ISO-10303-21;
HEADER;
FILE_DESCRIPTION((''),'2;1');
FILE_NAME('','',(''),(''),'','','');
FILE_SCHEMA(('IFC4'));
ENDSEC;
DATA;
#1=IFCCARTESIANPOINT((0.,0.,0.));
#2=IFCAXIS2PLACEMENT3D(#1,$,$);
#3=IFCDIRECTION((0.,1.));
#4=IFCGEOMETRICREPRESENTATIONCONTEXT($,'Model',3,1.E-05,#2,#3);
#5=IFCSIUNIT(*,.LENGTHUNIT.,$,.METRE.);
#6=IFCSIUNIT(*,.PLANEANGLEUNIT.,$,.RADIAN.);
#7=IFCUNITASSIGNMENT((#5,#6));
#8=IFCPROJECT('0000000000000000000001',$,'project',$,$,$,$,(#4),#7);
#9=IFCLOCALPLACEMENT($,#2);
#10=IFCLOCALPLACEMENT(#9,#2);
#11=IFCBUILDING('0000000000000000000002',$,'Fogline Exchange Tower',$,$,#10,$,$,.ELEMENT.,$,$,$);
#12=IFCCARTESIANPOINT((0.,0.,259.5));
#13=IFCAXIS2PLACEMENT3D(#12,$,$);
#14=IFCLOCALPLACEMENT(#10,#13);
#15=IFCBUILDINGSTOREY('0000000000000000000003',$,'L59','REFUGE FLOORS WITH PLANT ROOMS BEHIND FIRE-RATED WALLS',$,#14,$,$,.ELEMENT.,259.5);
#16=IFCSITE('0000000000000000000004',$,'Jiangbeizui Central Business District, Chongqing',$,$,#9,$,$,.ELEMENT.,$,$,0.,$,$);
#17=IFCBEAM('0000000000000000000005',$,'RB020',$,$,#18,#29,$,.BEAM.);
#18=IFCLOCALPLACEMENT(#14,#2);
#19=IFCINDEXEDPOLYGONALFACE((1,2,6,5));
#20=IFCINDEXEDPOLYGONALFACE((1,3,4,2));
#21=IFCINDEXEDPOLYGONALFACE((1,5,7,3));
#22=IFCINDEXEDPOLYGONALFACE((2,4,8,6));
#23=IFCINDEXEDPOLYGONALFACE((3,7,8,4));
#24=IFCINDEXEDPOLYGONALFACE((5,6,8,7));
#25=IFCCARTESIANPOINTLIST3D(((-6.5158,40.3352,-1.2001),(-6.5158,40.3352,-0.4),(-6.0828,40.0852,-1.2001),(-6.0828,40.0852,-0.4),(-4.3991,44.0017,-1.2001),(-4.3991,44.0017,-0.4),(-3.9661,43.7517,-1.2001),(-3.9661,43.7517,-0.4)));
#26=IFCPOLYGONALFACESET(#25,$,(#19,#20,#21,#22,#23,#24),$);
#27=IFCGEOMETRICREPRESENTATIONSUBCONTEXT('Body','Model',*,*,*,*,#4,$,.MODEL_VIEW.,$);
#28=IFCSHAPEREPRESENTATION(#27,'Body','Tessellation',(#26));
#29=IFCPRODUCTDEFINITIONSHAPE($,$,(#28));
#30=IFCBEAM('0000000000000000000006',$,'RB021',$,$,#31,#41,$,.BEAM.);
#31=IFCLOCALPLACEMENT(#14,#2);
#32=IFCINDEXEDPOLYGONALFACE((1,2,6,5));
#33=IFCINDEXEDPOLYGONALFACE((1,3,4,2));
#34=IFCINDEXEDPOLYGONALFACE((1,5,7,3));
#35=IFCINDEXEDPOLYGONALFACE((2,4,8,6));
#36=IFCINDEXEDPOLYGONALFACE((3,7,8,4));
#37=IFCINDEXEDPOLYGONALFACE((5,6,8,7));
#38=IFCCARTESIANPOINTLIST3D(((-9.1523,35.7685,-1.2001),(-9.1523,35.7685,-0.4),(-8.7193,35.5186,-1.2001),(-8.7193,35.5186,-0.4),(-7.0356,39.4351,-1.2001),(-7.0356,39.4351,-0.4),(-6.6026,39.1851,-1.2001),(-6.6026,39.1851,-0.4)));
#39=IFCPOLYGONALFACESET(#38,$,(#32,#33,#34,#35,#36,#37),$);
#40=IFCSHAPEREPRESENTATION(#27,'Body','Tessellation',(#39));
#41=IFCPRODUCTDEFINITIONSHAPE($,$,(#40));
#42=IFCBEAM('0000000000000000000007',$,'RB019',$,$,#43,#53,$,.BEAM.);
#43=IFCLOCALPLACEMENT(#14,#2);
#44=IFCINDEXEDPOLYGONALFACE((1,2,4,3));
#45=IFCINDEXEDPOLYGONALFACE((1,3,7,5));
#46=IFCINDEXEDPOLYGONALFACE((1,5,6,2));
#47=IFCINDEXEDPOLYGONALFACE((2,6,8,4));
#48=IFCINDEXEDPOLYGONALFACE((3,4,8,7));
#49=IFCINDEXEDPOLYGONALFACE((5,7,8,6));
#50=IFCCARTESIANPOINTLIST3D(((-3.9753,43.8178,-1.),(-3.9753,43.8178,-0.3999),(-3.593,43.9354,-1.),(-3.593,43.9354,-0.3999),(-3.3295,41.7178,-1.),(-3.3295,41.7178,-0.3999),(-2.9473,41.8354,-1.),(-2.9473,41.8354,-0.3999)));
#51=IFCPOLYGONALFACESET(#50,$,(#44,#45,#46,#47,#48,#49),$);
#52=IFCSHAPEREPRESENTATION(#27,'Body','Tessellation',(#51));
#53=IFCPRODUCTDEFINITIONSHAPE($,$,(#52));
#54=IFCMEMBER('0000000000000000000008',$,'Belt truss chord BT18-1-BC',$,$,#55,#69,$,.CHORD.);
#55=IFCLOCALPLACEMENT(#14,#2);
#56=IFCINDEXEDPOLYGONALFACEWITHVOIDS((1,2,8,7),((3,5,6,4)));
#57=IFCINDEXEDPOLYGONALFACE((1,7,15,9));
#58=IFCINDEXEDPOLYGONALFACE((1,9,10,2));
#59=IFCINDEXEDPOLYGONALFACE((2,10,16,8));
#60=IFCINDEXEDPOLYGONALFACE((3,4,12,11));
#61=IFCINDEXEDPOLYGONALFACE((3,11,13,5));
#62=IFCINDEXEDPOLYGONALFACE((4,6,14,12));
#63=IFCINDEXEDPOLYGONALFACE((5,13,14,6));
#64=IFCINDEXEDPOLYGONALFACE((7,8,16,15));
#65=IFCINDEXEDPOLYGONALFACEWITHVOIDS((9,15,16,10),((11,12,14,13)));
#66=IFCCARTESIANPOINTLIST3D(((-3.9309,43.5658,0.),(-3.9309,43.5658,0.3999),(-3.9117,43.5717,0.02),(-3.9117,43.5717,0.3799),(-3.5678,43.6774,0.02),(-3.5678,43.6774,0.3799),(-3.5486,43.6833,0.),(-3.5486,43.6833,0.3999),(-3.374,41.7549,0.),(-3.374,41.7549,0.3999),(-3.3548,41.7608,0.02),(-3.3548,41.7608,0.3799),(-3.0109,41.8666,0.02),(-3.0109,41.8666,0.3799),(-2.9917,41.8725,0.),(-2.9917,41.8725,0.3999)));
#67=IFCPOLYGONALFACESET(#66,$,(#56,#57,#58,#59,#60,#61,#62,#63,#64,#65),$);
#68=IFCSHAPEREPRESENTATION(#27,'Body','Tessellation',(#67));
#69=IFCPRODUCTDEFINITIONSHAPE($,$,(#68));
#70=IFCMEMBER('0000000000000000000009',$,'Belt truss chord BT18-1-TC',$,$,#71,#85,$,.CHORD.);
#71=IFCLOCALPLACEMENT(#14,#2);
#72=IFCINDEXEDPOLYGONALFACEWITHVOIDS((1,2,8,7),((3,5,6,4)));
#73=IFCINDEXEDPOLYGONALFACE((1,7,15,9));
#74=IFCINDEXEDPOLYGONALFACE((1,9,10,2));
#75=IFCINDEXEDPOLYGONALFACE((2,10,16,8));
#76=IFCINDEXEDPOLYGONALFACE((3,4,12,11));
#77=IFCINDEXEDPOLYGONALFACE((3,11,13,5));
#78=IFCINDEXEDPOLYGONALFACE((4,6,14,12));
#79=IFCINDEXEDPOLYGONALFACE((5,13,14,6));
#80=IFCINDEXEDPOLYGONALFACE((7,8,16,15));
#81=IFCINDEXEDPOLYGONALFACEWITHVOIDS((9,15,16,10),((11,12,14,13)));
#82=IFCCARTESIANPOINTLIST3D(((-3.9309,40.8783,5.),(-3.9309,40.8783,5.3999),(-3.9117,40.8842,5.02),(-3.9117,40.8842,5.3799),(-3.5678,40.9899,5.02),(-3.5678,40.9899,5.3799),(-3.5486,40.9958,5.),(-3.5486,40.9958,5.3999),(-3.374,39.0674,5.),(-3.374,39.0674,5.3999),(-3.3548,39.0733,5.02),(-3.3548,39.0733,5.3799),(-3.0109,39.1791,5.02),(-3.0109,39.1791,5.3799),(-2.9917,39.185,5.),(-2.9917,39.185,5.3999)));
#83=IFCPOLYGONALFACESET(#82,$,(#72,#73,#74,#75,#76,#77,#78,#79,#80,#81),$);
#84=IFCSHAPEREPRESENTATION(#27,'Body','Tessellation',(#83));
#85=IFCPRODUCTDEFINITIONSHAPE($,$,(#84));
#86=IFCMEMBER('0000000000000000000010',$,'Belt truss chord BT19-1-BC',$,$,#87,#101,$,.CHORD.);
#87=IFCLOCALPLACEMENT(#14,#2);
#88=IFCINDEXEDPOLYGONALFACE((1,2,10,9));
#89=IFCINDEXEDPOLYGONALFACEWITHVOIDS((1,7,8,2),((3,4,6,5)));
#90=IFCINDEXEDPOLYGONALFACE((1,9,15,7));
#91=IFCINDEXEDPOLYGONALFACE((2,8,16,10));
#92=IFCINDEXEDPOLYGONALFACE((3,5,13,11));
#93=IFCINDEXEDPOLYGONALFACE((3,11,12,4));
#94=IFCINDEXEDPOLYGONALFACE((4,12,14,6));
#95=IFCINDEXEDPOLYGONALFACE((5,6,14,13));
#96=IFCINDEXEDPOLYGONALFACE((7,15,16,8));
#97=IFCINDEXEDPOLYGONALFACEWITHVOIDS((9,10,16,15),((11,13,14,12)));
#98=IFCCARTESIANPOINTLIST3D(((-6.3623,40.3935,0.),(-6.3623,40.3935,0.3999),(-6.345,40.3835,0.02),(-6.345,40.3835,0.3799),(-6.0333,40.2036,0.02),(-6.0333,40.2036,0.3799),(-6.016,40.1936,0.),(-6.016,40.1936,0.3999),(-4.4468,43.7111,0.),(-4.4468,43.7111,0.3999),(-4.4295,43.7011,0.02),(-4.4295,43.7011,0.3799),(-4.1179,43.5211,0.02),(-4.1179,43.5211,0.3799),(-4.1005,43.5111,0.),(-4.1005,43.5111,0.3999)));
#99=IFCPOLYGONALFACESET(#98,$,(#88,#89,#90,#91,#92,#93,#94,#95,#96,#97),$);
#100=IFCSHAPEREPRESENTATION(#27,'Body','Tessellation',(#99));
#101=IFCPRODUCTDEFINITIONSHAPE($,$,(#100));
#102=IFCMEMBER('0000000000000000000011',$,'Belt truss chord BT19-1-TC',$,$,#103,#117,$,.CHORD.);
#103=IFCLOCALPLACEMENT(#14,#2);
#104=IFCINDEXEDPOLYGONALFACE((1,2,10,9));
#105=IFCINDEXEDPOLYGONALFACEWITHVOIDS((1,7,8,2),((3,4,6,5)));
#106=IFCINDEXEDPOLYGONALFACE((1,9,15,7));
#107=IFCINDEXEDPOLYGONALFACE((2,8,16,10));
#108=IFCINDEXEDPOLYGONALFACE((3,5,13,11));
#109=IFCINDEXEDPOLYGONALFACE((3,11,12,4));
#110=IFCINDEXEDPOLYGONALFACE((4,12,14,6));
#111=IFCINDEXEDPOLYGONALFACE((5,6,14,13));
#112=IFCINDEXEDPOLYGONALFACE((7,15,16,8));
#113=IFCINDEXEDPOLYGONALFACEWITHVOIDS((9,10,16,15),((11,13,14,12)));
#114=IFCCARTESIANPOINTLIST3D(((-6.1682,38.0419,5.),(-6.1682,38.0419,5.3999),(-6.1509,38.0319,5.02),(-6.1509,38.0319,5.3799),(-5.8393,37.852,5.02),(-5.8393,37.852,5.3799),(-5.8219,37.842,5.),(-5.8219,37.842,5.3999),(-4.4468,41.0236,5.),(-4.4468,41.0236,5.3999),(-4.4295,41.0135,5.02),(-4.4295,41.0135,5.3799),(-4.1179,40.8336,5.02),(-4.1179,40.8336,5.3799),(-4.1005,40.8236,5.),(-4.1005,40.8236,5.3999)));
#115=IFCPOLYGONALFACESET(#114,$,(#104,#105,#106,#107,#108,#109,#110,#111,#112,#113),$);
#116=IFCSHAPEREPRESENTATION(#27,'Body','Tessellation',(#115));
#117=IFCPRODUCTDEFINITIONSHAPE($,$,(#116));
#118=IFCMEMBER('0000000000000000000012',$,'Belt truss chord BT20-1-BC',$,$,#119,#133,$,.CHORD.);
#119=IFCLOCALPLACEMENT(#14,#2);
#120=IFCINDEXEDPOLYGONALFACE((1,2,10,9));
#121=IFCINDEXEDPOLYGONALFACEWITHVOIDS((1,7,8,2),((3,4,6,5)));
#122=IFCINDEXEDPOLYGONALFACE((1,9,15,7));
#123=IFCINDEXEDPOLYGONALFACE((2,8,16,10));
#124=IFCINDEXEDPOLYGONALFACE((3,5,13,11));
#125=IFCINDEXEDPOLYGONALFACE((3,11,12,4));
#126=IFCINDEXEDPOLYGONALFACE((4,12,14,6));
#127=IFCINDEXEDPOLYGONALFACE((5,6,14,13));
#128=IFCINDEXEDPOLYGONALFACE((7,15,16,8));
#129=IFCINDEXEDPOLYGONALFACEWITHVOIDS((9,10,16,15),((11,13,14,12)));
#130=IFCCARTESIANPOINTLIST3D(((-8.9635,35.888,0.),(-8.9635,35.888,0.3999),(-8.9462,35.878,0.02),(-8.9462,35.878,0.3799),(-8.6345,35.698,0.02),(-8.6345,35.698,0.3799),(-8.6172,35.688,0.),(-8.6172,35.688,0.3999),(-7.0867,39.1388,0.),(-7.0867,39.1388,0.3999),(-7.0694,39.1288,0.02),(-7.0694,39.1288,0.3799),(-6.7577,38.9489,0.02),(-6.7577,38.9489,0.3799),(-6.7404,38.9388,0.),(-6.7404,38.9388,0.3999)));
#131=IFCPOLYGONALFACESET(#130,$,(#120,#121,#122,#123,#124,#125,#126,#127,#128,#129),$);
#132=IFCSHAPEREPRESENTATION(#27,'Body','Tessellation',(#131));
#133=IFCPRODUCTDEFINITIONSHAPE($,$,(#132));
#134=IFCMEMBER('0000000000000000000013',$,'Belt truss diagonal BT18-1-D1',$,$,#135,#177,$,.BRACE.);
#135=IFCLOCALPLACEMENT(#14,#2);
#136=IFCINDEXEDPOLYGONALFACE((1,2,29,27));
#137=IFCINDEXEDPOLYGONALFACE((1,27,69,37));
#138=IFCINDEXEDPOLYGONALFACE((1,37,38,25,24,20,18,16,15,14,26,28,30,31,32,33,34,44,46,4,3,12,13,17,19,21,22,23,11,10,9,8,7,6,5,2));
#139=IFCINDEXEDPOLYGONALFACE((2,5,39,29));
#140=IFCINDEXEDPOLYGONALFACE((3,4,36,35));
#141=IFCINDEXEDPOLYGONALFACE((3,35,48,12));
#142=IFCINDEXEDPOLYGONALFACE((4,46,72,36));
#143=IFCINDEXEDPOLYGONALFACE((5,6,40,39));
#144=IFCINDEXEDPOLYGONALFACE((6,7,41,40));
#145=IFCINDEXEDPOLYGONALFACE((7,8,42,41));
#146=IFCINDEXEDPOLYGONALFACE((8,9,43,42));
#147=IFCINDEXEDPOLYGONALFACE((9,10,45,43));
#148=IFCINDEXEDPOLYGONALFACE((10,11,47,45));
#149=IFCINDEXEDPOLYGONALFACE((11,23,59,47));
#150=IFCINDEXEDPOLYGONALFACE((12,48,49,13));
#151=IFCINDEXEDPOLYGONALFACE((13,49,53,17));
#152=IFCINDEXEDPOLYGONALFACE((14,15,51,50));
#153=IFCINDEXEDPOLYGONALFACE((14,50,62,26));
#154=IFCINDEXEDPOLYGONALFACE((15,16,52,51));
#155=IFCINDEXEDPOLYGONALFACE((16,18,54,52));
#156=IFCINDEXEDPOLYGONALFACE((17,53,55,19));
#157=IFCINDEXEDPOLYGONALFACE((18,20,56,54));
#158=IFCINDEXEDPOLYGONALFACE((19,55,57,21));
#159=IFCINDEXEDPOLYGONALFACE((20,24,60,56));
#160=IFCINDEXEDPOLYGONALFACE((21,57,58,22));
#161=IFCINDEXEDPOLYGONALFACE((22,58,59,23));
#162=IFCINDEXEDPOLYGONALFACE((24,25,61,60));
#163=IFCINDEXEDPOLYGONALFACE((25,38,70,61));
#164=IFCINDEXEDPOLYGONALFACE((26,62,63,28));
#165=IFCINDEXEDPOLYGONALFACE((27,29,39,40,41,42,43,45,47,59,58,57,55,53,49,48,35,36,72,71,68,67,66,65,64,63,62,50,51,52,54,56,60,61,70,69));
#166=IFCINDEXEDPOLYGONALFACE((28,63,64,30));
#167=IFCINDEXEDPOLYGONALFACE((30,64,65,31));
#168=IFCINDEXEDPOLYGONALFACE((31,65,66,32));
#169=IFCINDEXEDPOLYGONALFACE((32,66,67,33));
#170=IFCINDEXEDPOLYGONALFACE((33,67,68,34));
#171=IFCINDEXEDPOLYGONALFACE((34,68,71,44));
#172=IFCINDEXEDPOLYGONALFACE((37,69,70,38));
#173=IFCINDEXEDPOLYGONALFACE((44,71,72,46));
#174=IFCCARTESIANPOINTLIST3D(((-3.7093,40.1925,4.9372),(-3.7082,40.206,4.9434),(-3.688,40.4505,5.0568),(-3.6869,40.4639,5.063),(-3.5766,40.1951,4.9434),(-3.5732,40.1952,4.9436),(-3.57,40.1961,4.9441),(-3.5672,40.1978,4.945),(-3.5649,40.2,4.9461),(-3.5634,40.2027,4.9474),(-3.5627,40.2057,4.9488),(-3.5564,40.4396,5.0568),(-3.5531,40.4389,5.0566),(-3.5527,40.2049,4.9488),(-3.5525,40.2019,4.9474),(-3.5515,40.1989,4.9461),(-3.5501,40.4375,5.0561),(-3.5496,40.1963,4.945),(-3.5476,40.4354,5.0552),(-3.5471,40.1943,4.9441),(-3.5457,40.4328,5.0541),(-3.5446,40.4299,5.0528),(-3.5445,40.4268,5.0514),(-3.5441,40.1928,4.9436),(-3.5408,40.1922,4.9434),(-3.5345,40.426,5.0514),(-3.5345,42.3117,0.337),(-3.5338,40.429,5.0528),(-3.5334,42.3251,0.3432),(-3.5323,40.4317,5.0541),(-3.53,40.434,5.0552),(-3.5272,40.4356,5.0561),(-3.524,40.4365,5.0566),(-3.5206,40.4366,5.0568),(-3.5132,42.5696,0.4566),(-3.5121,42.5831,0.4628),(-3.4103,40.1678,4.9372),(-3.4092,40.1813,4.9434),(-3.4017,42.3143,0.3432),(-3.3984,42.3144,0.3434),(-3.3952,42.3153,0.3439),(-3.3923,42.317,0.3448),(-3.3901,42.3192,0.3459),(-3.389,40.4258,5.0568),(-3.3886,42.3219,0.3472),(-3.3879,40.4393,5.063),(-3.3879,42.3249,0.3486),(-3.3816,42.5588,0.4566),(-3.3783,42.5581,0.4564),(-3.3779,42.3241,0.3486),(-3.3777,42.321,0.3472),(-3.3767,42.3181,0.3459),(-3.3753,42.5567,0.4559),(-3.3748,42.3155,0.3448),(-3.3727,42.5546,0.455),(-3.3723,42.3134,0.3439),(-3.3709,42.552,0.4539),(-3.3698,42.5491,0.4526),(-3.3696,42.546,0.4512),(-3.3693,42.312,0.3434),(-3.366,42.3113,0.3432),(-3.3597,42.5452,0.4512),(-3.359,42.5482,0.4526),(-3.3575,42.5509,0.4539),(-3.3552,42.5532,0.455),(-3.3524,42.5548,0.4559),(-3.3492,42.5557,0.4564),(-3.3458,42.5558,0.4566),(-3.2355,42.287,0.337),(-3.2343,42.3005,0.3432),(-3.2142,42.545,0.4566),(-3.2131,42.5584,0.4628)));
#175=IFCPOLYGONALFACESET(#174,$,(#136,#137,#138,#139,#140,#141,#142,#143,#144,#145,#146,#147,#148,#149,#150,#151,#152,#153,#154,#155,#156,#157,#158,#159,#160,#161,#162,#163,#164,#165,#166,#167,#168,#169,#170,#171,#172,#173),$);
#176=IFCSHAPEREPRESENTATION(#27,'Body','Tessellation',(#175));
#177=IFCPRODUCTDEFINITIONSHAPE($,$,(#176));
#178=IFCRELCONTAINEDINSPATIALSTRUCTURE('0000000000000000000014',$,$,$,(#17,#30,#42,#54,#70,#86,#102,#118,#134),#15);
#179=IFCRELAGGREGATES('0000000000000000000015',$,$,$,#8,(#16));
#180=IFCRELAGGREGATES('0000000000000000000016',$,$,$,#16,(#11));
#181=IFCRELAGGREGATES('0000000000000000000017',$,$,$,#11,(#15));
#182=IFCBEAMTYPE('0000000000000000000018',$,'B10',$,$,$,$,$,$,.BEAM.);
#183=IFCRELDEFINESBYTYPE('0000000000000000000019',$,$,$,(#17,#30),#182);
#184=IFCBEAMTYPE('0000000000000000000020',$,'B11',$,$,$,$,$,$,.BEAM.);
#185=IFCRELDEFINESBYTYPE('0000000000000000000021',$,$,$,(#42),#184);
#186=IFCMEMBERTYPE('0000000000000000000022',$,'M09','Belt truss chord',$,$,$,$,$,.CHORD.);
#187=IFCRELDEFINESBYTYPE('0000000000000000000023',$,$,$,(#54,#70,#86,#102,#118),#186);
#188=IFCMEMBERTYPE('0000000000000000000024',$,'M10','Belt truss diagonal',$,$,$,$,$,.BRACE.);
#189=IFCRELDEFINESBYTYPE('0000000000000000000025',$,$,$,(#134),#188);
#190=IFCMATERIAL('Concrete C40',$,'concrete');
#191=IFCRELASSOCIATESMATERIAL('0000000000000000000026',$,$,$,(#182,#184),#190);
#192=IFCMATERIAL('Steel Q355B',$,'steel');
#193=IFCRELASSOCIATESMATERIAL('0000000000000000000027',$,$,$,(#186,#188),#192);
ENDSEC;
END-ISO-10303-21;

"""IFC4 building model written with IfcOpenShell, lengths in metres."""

from ifc_helpers import new_model, si_unit, direction, frame, origin, origin_2d, place, context, subcontext, project, spatial, rectangle, hollow_rectangle, i_section, extrude, material, material_profile, profile_set, type_object, element, save


model = new_model("IFC4")

# Units and contexts
model_context = context("Model", 3, precision=1e-05, world=origin(), true_north=direction((0.0, 1.0)))
body_context = subcontext(model_context, "Body", "Model", "MODEL_VIEW")
ifc_project = project(units=[si_unit("LENGTHUNIT", "METRE"), si_unit("PLANEANGLEUNIT", "RADIAN")], contexts=[model_context])

# Site, building, storey
site_placement = place(None, origin())
site = spatial("IfcSite", under=ifc_project, at=site_placement, Name="Jiangbeizui Central Business District, Chongqing", CompositionType="ELEMENT", RefElevation=0.0)
building_placement = place(site_placement, origin())
building = spatial("IfcBuilding", under=site, at=building_placement, Name="Fogline Exchange Tower", CompositionType="ELEMENT")
storey_placement = place(building_placement, frame((0.0, 0.0, 259.5)))
storey = spatial("IfcBuildingStorey", under=building, at=storey_placement, Name="L59", Description="REFUGE FLOORS WITH PLANT ROOMS BEHIND FIRE-RATED WALLS", CompositionType="ELEMENT", Elevation=259.5)

# Beams
ifc_material_1 = material(Name="Concrete C40", Category="concrete")
ifc_material_profile_1 = material_profile(ifc_material_1, rectangle(XDim=0.5, YDim=0.8, at=origin_2d()), Name="RC 500x800")
ifc_profile_set_1 = profile_set([ifc_material_profile_1], Name="Concrete C40")
beam_type_1 = type_object("IfcBeamType", Name="B10", PredefinedType="BEAM", material=ifc_profile_set_1)
for number, where, z_axis, x_axis, name in (
    (1, (-4.1826, 43.8767, -0.8), (-0.499972, -0.866042, 0.0), (0.866042, -0.499972, 0.0), "RB020"),
    (2, (-6.8191, 39.3101, -0.8), (-0.499972, -0.866042, 0.0), (0.866042, -0.499972, 0.0), "RB021"),
):
    element("IfcBeam", number, at=place(storey_placement, frame(where, z_axis=z_axis, x_axis=x_axis)), inside=storey, type_object=beam_type_1, Name=name, PredefinedType="BEAM", context=body_context, shape_type="SweptSolid", body=[
        extrude(rectangle(XDim=0.5, YDim=0.8, at=origin_2d()), origin(), (0.0, 0.0, 1.0), 4.2336),
    ])
ifc_material_profile_2 = material_profile(ifc_material_1, rectangle(XDim=0.3999, YDim=0.6001, at=origin_2d()), Name="RC 400x600")
ifc_profile_set_2 = profile_set([ifc_material_profile_2], Name="Concrete C40")
beam_type_2 = type_object("IfcBeamType", Name="B11", PredefinedType="BEAM", material=ifc_profile_set_2)
beam_placement = place(storey_placement, frame((-3.1384, 41.7766, -0.7), z_axis=(-0.293906, 0.955834, 0.0), x_axis=(-0.955834, -0.293906, 0.0)))
element("IfcBeam", 3, at=beam_placement, inside=storey, type_object=beam_type_2, Name="RB019", PredefinedType="BEAM", context=body_context, shape_type="SweptSolid", body=[
    extrude(rectangle(XDim=0.3999, YDim=0.6001, at=origin_2d()), origin(), (0.0, 0.0, 1.0), 2.197),
])

# Members
ifc_material_2 = material(Name="Steel Q355B", Category="steel")
ifc_material_profile_3 = material_profile(ifc_material_2, hollow_rectangle(XDim=0.3999, YDim=0.3999, WallThickness=0.02, at=origin_2d()), Name="BOX400X400X20")
ifc_profile_set_3 = profile_set([ifc_material_profile_3], Name="Steel Q355B")
member_type_1 = type_object("IfcMemberType", Name="M09", Description="Belt truss chord", PredefinedType="CHORD", material=ifc_profile_set_3)
for number, where, z_axis, x_axis, name in (
    (4, (-3.1829, 41.8137, 0.2), (-0.29395, 0.955821, 0.0), (-0.955821, -0.29395, 0.0), "Belt truss chord BT18-1-BC"),
    (5, (-3.1829, 39.1262, 5.2), (-0.29395, 0.955821, 0.0), (-0.955821, -0.29395, 0.0), "Belt truss chord BT18-1-TC"),
):
    element("IfcMember", number, at=place(storey_placement, frame(where, z_axis=z_axis, x_axis=x_axis)), inside=storey, type_object=member_type_1, Name=name, PredefinedType="CHORD", context=body_context, shape_type="SweptSolid", body=[
        extrude(hollow_rectangle(XDim=0.3999, YDim=0.3999, WallThickness=0.02, at=origin_2d()), origin(), (0.0, 0.0, 1.0), 1.8945),
    ])
member_1_placement = place(storey_placement, frame((-4.2737, 43.6111, 0.2), z_axis=(-0.500019, -0.866015, 0.0), x_axis=(0.866015, -0.500019, 0.0)))
element("IfcMember", 6, at=member_1_placement, inside=storey, type_object=member_type_1, Name="Belt truss chord BT19-1-BC", PredefinedType="CHORD", context=body_context, shape_type="SweptSolid", body=[
    extrude(hollow_rectangle(XDim=0.3999, YDim=0.3999, WallThickness=0.02, at=origin_2d()), origin(), (0.0, 0.0, 1.0), 3.8308),
])
member_2_placement = place(storey_placement, frame((-4.2737, 40.9236, 5.2), z_axis=(-0.49999, -0.866031, 0.0), x_axis=(0.866031, -0.49999, 0.0)))
element("IfcMember", 7, at=member_2_placement, inside=storey, type_object=member_type_1, Name="Belt truss chord BT19-1-TC", PredefinedType="CHORD", context=body_context, shape_type="SweptSolid", body=[
    extrude(hollow_rectangle(XDim=0.3999, YDim=0.3999, WallThickness=0.02, at=origin_2d()), origin(), (0.0, 0.0, 1.0), 3.4429),
])
member_3_placement = place(storey_placement, frame((-6.9136, 39.0388, 0.2), z_axis=(-0.49998, -0.866037, 0.0), x_axis=(0.866037, -0.49998, 0.0)))
element("IfcMember", 8, at=member_3_placement, inside=storey, type_object=member_type_1, Name="Belt truss chord BT20-1-BC", PredefinedType="CHORD", context=body_context, shape_type="SweptSolid", body=[
    extrude(hollow_rectangle(XDim=0.3999, YDim=0.3999, WallThickness=0.02, at=origin_2d()), origin(), (0.0, 0.0, 1.0), 3.7537),
])
ifc_material_profile_4 = material_profile(ifc_material_2, i_section(OverallWidth=0.3, OverallDepth=0.3, WebThickness=0.01, FlangeThickness=0.0149, FilletRadius=0.0129, at=origin_2d()), Name="HW300X300X10X15")
ifc_profile_set_4 = profile_set([ifc_material_profile_4], Name="Steel Q355B")
member_type_2 = type_object("IfcMemberType", Name="M10", Description="Belt truss diagonal", PredefinedType="BRACE", material=ifc_profile_set_4)
member_4_placement = place(storey_placement, frame((-3.3738, 42.4351, 0.3999), z_axis=(-0.034493, -0.418161, 0.907718), x_axis=(0.996615, -0.082209, 0.0)))
element("IfcMember", 9, at=member_4_placement, inside=storey, type_object=member_type_2, Name="Belt truss diagonal BT18-1-D1", PredefinedType="BRACE", context=body_context, shape_type="SweptSolid", body=[
    extrude(i_section(OverallWidth=0.3, OverallDepth=0.3, WebThickness=0.01, FlangeThickness=0.0149, FilletRadius=0.0129, at=origin_2d()), origin(), (0.0, 0.0, 1.0), 5.0679),
])

save(model, "model.ifc")
